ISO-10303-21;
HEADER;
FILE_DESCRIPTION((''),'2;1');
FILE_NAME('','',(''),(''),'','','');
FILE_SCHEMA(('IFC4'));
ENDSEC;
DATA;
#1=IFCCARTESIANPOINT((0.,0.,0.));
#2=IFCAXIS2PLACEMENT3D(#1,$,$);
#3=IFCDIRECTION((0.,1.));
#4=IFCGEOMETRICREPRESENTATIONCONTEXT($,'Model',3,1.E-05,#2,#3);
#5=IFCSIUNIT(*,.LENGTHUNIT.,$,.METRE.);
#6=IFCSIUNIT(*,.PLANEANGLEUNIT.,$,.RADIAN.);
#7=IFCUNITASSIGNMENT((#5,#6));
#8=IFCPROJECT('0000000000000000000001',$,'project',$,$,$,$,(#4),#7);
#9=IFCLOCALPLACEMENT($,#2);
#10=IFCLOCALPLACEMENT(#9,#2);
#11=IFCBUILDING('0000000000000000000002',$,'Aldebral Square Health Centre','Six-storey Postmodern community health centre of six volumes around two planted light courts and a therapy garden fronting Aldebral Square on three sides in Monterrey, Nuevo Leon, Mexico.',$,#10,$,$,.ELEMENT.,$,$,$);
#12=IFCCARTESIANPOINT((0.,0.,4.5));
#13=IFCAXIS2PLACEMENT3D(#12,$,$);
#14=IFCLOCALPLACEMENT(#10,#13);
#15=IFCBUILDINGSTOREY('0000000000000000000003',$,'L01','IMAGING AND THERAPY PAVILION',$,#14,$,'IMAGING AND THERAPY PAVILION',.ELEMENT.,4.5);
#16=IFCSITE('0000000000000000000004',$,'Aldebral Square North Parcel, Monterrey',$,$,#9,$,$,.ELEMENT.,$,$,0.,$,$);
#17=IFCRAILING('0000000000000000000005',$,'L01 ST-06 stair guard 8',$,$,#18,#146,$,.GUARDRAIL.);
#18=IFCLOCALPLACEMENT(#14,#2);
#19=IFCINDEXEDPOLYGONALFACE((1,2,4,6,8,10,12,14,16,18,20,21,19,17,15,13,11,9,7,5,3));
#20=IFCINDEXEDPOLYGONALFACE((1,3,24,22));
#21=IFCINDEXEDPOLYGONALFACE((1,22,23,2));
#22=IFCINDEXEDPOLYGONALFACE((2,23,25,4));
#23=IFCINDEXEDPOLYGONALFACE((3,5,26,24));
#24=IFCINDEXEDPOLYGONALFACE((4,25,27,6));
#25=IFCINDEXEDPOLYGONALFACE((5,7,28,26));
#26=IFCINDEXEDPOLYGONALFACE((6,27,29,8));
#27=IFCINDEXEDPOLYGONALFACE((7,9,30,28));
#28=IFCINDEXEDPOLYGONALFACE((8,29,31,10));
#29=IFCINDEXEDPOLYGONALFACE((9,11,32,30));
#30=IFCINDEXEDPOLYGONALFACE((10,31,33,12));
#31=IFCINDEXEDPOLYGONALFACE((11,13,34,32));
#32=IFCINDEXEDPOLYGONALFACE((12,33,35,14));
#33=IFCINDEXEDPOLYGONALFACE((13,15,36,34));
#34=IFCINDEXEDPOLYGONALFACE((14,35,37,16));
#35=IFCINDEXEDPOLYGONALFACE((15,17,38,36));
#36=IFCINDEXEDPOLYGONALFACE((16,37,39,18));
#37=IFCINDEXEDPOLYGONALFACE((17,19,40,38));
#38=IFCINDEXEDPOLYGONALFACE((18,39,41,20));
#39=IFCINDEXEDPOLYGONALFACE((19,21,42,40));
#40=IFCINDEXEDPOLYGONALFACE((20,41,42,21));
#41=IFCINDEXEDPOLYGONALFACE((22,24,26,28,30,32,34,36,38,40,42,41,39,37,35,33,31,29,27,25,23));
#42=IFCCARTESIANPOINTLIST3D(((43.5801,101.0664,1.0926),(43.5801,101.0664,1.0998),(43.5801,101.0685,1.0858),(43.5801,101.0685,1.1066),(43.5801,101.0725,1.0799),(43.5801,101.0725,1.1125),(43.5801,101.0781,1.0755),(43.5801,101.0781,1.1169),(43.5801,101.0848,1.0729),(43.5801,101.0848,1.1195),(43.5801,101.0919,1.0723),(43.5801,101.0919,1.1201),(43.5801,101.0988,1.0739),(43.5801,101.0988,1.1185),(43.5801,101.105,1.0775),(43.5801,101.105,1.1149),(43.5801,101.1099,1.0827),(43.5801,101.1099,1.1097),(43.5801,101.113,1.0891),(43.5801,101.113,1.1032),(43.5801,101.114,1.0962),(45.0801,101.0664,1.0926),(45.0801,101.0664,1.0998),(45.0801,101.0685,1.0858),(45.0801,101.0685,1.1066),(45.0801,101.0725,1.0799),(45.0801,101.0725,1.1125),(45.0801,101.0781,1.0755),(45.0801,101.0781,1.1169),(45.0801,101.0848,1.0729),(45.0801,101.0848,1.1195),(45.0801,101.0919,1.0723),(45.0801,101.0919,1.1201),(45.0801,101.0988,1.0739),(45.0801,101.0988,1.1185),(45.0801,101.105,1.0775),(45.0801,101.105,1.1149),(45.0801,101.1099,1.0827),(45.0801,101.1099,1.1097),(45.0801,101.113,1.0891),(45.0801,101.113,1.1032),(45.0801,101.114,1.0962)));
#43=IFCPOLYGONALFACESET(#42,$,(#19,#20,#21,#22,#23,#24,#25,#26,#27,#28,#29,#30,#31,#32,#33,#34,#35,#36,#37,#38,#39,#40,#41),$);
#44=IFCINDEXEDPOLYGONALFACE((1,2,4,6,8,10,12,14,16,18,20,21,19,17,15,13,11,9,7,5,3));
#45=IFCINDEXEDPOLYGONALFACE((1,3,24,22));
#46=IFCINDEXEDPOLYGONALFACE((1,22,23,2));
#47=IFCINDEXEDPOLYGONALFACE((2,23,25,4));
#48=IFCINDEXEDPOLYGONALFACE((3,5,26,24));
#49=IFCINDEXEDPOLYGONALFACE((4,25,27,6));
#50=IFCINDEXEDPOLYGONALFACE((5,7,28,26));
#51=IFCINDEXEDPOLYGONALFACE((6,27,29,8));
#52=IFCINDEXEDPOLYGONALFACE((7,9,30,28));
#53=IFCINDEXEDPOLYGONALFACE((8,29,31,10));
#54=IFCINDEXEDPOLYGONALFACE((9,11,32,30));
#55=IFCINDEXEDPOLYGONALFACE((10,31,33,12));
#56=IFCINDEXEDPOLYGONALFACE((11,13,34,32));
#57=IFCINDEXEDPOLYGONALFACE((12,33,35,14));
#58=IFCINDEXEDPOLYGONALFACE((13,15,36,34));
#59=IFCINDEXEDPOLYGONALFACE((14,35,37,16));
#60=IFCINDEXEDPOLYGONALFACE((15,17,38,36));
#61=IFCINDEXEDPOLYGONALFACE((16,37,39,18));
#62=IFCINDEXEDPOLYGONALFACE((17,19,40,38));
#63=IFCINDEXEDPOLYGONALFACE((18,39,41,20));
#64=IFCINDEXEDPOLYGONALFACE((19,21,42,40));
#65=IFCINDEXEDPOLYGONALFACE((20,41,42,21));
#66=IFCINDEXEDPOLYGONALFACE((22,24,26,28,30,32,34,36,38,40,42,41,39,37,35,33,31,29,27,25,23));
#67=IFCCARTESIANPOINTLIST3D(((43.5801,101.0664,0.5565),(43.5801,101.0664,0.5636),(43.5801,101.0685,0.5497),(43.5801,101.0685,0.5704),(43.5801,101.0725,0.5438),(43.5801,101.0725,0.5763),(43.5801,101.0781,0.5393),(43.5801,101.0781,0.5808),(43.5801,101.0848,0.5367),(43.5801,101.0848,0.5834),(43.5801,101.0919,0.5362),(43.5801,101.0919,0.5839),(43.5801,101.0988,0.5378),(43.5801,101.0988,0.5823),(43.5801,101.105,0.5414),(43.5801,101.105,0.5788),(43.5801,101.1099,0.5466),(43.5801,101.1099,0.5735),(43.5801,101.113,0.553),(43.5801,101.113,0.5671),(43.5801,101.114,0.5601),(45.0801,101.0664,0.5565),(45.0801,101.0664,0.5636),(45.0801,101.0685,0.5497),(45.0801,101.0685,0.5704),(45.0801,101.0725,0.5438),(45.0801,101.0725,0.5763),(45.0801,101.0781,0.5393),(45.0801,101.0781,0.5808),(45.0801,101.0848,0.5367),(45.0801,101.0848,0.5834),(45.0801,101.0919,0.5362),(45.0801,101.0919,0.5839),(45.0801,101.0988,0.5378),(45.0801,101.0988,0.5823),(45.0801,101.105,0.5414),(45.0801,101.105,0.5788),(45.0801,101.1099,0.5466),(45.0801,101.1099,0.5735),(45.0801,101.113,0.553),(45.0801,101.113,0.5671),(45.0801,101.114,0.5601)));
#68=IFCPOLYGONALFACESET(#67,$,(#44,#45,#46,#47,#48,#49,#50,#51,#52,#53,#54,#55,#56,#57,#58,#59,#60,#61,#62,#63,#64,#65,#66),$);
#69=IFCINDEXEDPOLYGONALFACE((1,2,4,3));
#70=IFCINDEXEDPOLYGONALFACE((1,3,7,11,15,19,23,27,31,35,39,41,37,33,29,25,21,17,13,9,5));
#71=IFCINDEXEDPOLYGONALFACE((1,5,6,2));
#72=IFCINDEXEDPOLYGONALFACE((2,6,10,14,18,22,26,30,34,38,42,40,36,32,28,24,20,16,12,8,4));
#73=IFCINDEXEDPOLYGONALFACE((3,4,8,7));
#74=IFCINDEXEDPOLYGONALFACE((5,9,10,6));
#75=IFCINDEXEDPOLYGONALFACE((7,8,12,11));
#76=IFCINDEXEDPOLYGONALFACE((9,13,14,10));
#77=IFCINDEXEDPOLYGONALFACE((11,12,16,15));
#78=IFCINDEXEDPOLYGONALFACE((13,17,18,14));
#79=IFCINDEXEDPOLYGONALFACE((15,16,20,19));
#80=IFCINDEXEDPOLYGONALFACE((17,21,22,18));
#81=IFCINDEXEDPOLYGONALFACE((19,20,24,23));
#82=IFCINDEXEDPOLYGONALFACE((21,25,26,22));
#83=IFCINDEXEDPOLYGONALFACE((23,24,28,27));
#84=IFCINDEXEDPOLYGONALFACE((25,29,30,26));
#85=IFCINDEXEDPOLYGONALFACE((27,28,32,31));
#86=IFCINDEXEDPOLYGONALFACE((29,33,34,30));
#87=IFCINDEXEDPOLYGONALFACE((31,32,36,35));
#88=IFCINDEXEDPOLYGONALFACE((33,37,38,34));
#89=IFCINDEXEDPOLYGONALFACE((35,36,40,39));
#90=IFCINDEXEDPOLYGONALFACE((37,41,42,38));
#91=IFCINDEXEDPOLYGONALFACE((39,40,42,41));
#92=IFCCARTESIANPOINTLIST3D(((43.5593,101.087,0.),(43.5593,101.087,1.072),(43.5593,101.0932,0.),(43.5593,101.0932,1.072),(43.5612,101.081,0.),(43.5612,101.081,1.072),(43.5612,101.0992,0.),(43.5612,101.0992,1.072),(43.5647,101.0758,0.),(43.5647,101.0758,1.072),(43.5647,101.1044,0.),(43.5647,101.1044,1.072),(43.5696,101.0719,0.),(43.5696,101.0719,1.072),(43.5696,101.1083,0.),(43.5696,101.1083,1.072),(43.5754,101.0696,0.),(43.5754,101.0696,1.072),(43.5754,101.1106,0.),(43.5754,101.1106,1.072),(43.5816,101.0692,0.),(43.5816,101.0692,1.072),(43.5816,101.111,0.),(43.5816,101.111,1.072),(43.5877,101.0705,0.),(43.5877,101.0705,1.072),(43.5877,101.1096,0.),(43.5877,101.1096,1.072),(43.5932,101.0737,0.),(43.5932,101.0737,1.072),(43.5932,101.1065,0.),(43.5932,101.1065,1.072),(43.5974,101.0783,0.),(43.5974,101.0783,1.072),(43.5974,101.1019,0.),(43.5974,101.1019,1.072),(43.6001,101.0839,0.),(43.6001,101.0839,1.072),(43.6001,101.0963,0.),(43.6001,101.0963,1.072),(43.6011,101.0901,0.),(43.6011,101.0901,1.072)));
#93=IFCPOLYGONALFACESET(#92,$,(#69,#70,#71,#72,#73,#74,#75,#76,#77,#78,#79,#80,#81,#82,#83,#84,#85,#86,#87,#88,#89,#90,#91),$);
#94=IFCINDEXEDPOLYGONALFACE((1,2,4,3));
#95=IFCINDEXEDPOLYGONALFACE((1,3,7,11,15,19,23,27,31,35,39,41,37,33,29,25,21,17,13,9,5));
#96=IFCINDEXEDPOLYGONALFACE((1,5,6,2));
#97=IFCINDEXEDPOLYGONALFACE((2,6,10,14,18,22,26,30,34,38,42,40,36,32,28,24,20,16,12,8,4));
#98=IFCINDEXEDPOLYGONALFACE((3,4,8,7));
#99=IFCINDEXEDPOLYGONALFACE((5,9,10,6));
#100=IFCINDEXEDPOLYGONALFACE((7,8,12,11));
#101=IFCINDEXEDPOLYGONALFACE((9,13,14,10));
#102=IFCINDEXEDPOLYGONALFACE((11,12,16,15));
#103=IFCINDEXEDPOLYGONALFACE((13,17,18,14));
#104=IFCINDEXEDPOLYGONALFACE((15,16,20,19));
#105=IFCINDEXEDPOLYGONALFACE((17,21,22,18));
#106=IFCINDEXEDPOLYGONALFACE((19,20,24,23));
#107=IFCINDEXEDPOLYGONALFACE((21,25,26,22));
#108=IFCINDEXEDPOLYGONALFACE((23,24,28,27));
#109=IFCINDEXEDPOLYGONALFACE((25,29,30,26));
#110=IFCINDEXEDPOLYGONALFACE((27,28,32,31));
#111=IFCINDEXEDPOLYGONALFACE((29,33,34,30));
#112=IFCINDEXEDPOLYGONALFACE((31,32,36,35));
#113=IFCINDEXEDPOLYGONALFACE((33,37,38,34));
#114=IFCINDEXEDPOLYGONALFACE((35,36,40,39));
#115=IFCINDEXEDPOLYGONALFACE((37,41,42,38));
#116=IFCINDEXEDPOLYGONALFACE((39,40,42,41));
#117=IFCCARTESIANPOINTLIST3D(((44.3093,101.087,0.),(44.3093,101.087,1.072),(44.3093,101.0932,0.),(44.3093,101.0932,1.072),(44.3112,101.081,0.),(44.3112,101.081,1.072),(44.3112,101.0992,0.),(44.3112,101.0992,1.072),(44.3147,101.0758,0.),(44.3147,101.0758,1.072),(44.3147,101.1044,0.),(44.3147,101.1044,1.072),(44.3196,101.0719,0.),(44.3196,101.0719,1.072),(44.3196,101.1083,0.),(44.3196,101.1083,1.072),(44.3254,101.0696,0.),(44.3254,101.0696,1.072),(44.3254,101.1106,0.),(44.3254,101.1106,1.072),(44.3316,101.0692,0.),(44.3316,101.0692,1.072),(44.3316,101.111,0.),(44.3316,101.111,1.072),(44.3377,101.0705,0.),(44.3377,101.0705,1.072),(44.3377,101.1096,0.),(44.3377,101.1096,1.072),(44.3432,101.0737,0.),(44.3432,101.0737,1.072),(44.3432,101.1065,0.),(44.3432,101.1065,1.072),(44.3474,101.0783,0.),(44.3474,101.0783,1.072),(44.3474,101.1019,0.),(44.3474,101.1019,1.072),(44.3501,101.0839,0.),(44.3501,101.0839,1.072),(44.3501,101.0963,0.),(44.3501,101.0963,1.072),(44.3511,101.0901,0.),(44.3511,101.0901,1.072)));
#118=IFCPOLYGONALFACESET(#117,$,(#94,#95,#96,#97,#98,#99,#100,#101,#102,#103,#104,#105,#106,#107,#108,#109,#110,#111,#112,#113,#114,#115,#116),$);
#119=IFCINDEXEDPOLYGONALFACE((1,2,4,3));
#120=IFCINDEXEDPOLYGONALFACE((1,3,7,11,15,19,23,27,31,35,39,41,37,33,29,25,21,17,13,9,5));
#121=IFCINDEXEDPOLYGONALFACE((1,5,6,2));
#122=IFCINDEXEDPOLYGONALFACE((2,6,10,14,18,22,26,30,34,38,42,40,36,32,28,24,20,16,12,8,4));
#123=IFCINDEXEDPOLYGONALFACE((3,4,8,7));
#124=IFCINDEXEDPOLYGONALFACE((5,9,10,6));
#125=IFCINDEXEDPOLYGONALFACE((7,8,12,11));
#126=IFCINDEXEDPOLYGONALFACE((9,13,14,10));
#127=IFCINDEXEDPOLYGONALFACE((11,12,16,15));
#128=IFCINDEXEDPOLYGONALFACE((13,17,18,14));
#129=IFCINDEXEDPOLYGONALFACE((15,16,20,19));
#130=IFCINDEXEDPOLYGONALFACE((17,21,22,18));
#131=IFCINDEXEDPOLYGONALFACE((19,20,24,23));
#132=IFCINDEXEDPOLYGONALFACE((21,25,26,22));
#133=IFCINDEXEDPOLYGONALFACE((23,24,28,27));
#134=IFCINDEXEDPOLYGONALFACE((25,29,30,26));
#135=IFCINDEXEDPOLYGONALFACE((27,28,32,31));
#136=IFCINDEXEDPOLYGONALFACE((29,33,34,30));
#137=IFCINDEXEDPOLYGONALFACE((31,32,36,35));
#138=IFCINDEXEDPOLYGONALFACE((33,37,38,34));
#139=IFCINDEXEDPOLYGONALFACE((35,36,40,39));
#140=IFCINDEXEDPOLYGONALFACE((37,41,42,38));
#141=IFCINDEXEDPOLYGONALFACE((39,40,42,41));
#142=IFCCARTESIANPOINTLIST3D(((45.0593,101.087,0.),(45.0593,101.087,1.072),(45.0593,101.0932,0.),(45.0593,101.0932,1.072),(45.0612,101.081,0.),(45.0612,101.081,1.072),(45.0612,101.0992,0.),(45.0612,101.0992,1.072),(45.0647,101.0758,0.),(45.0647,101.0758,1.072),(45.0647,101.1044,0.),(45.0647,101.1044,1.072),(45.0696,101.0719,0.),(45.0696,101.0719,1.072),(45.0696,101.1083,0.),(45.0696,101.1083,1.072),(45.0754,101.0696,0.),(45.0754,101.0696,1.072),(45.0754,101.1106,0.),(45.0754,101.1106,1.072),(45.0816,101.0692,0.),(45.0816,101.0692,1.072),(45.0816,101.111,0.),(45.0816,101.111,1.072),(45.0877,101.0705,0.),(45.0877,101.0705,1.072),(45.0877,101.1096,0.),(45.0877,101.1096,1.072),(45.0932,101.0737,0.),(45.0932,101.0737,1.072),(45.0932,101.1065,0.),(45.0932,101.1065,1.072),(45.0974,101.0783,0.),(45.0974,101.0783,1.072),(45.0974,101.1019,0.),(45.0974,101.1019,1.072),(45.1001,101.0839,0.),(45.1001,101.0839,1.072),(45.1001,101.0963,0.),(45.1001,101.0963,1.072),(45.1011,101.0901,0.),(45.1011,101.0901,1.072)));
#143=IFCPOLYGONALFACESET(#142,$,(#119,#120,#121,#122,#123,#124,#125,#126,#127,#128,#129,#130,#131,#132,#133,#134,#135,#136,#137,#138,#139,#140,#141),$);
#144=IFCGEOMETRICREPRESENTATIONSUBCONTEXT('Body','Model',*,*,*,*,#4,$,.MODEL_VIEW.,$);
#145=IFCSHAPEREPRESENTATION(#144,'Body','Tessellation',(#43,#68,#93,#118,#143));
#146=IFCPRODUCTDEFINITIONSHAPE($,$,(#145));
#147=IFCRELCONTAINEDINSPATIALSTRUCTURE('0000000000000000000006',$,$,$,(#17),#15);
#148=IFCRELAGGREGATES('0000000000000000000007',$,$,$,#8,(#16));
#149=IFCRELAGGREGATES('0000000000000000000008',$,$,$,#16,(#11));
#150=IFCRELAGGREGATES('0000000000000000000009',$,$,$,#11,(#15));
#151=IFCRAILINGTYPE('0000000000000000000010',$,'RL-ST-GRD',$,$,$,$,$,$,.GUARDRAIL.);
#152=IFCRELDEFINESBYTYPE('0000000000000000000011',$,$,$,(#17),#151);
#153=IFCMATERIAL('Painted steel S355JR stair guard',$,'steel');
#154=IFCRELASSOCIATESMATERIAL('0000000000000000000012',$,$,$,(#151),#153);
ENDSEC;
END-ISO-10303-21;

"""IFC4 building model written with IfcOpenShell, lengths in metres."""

from ifc_helpers import new_model, si_unit, direction, frame, origin, origin_2d, place, context, subcontext, project, spatial, circle, extrude, material, type_object, element, save


model = new_model("IFC4")

# Units and contexts
model_context = context("Model", 3, precision=1e-05, world=origin(), true_north=direction((0.0, 1.0)))
body_context = subcontext(model_context, "Body", "Model", "MODEL_VIEW")
ifc_project = project(units=[si_unit("LENGTHUNIT", "METRE"), si_unit("PLANEANGLEUNIT", "RADIAN")], contexts=[model_context])

# Site, building, storey
site_placement = place(None, origin())
site = spatial("IfcSite", under=ifc_project, at=site_placement, Name="Aldebral Square North Parcel, Monterrey", CompositionType="ELEMENT", RefElevation=0.0)
building_placement = place(site_placement, origin())
building = spatial("IfcBuilding", under=site, at=building_placement, Name="Aldebral Square Health Centre", Description="Six-storey Postmodern community health centre of six volumes around two planted light courts and a therapy garden fronting Aldebral Square on three sides in Monterrey, Nuevo Leon, Mexico.", CompositionType="ELEMENT")
storey_placement = place(building_placement, frame((0.0, 0.0, 4.5)))
storey = spatial("IfcBuildingStorey", under=building, at=storey_placement, Name="L01", Description="IMAGING AND THERAPY PAVILION", LongName="IMAGING AND THERAPY PAVILION", CompositionType="ELEMENT", Elevation=4.5)

# Railing
ifc_material_1 = material(Name="Painted steel S355JR stair guard", Category="steel")
railing_type_1 = type_object("IfcRailingType", Name="RL-ST-GRD", PredefinedType="GUARDRAIL", material=ifc_material_1)
for number, where, name in (
    (1, (43.5801, 101.0901, 0.0), "L01 ST-06 stair guard 8"),
):
    element("IfcRailing", number, at=place(storey_placement, frame(where)), inside=storey, type_object=railing_type_1, Name=name, PredefinedType="GUARDRAIL", context=body_context, shape_type="SweptSolid", body=[
        extrude(circle(Radius=0.0239, at=origin_2d()), frame((0.0, 0.0, 1.0962), z_axis=(1.0, 0.0, 0.0), x_axis=(0.0, 1.0, 0.0)), (0.0, 0.0, 1.0), 1.5),
        extrude(circle(Radius=0.0239, at=origin_2d()), frame((0.0, 0.0, 0.5601), z_axis=(1.0, 0.0, 0.0), x_axis=(0.0, 1.0, 0.0)), (0.0, 0.0, 1.0), 1.5),
        extrude(circle(Radius=0.021, at=origin_2d()), origin(), (0.0, 0.0, 1.0), 1.072),
        extrude(circle(Radius=0.021, at=origin_2d()), frame((0.75, 0.0, 0.0)), (0.0, 0.0, 1.0), 1.072),
        extrude(circle(Radius=0.021, at=origin_2d()), frame((1.5, 0.0, 0.0)), (0.0, 0.0, 1.0), 1.072),
    ])

save(model, "model.ifc")
